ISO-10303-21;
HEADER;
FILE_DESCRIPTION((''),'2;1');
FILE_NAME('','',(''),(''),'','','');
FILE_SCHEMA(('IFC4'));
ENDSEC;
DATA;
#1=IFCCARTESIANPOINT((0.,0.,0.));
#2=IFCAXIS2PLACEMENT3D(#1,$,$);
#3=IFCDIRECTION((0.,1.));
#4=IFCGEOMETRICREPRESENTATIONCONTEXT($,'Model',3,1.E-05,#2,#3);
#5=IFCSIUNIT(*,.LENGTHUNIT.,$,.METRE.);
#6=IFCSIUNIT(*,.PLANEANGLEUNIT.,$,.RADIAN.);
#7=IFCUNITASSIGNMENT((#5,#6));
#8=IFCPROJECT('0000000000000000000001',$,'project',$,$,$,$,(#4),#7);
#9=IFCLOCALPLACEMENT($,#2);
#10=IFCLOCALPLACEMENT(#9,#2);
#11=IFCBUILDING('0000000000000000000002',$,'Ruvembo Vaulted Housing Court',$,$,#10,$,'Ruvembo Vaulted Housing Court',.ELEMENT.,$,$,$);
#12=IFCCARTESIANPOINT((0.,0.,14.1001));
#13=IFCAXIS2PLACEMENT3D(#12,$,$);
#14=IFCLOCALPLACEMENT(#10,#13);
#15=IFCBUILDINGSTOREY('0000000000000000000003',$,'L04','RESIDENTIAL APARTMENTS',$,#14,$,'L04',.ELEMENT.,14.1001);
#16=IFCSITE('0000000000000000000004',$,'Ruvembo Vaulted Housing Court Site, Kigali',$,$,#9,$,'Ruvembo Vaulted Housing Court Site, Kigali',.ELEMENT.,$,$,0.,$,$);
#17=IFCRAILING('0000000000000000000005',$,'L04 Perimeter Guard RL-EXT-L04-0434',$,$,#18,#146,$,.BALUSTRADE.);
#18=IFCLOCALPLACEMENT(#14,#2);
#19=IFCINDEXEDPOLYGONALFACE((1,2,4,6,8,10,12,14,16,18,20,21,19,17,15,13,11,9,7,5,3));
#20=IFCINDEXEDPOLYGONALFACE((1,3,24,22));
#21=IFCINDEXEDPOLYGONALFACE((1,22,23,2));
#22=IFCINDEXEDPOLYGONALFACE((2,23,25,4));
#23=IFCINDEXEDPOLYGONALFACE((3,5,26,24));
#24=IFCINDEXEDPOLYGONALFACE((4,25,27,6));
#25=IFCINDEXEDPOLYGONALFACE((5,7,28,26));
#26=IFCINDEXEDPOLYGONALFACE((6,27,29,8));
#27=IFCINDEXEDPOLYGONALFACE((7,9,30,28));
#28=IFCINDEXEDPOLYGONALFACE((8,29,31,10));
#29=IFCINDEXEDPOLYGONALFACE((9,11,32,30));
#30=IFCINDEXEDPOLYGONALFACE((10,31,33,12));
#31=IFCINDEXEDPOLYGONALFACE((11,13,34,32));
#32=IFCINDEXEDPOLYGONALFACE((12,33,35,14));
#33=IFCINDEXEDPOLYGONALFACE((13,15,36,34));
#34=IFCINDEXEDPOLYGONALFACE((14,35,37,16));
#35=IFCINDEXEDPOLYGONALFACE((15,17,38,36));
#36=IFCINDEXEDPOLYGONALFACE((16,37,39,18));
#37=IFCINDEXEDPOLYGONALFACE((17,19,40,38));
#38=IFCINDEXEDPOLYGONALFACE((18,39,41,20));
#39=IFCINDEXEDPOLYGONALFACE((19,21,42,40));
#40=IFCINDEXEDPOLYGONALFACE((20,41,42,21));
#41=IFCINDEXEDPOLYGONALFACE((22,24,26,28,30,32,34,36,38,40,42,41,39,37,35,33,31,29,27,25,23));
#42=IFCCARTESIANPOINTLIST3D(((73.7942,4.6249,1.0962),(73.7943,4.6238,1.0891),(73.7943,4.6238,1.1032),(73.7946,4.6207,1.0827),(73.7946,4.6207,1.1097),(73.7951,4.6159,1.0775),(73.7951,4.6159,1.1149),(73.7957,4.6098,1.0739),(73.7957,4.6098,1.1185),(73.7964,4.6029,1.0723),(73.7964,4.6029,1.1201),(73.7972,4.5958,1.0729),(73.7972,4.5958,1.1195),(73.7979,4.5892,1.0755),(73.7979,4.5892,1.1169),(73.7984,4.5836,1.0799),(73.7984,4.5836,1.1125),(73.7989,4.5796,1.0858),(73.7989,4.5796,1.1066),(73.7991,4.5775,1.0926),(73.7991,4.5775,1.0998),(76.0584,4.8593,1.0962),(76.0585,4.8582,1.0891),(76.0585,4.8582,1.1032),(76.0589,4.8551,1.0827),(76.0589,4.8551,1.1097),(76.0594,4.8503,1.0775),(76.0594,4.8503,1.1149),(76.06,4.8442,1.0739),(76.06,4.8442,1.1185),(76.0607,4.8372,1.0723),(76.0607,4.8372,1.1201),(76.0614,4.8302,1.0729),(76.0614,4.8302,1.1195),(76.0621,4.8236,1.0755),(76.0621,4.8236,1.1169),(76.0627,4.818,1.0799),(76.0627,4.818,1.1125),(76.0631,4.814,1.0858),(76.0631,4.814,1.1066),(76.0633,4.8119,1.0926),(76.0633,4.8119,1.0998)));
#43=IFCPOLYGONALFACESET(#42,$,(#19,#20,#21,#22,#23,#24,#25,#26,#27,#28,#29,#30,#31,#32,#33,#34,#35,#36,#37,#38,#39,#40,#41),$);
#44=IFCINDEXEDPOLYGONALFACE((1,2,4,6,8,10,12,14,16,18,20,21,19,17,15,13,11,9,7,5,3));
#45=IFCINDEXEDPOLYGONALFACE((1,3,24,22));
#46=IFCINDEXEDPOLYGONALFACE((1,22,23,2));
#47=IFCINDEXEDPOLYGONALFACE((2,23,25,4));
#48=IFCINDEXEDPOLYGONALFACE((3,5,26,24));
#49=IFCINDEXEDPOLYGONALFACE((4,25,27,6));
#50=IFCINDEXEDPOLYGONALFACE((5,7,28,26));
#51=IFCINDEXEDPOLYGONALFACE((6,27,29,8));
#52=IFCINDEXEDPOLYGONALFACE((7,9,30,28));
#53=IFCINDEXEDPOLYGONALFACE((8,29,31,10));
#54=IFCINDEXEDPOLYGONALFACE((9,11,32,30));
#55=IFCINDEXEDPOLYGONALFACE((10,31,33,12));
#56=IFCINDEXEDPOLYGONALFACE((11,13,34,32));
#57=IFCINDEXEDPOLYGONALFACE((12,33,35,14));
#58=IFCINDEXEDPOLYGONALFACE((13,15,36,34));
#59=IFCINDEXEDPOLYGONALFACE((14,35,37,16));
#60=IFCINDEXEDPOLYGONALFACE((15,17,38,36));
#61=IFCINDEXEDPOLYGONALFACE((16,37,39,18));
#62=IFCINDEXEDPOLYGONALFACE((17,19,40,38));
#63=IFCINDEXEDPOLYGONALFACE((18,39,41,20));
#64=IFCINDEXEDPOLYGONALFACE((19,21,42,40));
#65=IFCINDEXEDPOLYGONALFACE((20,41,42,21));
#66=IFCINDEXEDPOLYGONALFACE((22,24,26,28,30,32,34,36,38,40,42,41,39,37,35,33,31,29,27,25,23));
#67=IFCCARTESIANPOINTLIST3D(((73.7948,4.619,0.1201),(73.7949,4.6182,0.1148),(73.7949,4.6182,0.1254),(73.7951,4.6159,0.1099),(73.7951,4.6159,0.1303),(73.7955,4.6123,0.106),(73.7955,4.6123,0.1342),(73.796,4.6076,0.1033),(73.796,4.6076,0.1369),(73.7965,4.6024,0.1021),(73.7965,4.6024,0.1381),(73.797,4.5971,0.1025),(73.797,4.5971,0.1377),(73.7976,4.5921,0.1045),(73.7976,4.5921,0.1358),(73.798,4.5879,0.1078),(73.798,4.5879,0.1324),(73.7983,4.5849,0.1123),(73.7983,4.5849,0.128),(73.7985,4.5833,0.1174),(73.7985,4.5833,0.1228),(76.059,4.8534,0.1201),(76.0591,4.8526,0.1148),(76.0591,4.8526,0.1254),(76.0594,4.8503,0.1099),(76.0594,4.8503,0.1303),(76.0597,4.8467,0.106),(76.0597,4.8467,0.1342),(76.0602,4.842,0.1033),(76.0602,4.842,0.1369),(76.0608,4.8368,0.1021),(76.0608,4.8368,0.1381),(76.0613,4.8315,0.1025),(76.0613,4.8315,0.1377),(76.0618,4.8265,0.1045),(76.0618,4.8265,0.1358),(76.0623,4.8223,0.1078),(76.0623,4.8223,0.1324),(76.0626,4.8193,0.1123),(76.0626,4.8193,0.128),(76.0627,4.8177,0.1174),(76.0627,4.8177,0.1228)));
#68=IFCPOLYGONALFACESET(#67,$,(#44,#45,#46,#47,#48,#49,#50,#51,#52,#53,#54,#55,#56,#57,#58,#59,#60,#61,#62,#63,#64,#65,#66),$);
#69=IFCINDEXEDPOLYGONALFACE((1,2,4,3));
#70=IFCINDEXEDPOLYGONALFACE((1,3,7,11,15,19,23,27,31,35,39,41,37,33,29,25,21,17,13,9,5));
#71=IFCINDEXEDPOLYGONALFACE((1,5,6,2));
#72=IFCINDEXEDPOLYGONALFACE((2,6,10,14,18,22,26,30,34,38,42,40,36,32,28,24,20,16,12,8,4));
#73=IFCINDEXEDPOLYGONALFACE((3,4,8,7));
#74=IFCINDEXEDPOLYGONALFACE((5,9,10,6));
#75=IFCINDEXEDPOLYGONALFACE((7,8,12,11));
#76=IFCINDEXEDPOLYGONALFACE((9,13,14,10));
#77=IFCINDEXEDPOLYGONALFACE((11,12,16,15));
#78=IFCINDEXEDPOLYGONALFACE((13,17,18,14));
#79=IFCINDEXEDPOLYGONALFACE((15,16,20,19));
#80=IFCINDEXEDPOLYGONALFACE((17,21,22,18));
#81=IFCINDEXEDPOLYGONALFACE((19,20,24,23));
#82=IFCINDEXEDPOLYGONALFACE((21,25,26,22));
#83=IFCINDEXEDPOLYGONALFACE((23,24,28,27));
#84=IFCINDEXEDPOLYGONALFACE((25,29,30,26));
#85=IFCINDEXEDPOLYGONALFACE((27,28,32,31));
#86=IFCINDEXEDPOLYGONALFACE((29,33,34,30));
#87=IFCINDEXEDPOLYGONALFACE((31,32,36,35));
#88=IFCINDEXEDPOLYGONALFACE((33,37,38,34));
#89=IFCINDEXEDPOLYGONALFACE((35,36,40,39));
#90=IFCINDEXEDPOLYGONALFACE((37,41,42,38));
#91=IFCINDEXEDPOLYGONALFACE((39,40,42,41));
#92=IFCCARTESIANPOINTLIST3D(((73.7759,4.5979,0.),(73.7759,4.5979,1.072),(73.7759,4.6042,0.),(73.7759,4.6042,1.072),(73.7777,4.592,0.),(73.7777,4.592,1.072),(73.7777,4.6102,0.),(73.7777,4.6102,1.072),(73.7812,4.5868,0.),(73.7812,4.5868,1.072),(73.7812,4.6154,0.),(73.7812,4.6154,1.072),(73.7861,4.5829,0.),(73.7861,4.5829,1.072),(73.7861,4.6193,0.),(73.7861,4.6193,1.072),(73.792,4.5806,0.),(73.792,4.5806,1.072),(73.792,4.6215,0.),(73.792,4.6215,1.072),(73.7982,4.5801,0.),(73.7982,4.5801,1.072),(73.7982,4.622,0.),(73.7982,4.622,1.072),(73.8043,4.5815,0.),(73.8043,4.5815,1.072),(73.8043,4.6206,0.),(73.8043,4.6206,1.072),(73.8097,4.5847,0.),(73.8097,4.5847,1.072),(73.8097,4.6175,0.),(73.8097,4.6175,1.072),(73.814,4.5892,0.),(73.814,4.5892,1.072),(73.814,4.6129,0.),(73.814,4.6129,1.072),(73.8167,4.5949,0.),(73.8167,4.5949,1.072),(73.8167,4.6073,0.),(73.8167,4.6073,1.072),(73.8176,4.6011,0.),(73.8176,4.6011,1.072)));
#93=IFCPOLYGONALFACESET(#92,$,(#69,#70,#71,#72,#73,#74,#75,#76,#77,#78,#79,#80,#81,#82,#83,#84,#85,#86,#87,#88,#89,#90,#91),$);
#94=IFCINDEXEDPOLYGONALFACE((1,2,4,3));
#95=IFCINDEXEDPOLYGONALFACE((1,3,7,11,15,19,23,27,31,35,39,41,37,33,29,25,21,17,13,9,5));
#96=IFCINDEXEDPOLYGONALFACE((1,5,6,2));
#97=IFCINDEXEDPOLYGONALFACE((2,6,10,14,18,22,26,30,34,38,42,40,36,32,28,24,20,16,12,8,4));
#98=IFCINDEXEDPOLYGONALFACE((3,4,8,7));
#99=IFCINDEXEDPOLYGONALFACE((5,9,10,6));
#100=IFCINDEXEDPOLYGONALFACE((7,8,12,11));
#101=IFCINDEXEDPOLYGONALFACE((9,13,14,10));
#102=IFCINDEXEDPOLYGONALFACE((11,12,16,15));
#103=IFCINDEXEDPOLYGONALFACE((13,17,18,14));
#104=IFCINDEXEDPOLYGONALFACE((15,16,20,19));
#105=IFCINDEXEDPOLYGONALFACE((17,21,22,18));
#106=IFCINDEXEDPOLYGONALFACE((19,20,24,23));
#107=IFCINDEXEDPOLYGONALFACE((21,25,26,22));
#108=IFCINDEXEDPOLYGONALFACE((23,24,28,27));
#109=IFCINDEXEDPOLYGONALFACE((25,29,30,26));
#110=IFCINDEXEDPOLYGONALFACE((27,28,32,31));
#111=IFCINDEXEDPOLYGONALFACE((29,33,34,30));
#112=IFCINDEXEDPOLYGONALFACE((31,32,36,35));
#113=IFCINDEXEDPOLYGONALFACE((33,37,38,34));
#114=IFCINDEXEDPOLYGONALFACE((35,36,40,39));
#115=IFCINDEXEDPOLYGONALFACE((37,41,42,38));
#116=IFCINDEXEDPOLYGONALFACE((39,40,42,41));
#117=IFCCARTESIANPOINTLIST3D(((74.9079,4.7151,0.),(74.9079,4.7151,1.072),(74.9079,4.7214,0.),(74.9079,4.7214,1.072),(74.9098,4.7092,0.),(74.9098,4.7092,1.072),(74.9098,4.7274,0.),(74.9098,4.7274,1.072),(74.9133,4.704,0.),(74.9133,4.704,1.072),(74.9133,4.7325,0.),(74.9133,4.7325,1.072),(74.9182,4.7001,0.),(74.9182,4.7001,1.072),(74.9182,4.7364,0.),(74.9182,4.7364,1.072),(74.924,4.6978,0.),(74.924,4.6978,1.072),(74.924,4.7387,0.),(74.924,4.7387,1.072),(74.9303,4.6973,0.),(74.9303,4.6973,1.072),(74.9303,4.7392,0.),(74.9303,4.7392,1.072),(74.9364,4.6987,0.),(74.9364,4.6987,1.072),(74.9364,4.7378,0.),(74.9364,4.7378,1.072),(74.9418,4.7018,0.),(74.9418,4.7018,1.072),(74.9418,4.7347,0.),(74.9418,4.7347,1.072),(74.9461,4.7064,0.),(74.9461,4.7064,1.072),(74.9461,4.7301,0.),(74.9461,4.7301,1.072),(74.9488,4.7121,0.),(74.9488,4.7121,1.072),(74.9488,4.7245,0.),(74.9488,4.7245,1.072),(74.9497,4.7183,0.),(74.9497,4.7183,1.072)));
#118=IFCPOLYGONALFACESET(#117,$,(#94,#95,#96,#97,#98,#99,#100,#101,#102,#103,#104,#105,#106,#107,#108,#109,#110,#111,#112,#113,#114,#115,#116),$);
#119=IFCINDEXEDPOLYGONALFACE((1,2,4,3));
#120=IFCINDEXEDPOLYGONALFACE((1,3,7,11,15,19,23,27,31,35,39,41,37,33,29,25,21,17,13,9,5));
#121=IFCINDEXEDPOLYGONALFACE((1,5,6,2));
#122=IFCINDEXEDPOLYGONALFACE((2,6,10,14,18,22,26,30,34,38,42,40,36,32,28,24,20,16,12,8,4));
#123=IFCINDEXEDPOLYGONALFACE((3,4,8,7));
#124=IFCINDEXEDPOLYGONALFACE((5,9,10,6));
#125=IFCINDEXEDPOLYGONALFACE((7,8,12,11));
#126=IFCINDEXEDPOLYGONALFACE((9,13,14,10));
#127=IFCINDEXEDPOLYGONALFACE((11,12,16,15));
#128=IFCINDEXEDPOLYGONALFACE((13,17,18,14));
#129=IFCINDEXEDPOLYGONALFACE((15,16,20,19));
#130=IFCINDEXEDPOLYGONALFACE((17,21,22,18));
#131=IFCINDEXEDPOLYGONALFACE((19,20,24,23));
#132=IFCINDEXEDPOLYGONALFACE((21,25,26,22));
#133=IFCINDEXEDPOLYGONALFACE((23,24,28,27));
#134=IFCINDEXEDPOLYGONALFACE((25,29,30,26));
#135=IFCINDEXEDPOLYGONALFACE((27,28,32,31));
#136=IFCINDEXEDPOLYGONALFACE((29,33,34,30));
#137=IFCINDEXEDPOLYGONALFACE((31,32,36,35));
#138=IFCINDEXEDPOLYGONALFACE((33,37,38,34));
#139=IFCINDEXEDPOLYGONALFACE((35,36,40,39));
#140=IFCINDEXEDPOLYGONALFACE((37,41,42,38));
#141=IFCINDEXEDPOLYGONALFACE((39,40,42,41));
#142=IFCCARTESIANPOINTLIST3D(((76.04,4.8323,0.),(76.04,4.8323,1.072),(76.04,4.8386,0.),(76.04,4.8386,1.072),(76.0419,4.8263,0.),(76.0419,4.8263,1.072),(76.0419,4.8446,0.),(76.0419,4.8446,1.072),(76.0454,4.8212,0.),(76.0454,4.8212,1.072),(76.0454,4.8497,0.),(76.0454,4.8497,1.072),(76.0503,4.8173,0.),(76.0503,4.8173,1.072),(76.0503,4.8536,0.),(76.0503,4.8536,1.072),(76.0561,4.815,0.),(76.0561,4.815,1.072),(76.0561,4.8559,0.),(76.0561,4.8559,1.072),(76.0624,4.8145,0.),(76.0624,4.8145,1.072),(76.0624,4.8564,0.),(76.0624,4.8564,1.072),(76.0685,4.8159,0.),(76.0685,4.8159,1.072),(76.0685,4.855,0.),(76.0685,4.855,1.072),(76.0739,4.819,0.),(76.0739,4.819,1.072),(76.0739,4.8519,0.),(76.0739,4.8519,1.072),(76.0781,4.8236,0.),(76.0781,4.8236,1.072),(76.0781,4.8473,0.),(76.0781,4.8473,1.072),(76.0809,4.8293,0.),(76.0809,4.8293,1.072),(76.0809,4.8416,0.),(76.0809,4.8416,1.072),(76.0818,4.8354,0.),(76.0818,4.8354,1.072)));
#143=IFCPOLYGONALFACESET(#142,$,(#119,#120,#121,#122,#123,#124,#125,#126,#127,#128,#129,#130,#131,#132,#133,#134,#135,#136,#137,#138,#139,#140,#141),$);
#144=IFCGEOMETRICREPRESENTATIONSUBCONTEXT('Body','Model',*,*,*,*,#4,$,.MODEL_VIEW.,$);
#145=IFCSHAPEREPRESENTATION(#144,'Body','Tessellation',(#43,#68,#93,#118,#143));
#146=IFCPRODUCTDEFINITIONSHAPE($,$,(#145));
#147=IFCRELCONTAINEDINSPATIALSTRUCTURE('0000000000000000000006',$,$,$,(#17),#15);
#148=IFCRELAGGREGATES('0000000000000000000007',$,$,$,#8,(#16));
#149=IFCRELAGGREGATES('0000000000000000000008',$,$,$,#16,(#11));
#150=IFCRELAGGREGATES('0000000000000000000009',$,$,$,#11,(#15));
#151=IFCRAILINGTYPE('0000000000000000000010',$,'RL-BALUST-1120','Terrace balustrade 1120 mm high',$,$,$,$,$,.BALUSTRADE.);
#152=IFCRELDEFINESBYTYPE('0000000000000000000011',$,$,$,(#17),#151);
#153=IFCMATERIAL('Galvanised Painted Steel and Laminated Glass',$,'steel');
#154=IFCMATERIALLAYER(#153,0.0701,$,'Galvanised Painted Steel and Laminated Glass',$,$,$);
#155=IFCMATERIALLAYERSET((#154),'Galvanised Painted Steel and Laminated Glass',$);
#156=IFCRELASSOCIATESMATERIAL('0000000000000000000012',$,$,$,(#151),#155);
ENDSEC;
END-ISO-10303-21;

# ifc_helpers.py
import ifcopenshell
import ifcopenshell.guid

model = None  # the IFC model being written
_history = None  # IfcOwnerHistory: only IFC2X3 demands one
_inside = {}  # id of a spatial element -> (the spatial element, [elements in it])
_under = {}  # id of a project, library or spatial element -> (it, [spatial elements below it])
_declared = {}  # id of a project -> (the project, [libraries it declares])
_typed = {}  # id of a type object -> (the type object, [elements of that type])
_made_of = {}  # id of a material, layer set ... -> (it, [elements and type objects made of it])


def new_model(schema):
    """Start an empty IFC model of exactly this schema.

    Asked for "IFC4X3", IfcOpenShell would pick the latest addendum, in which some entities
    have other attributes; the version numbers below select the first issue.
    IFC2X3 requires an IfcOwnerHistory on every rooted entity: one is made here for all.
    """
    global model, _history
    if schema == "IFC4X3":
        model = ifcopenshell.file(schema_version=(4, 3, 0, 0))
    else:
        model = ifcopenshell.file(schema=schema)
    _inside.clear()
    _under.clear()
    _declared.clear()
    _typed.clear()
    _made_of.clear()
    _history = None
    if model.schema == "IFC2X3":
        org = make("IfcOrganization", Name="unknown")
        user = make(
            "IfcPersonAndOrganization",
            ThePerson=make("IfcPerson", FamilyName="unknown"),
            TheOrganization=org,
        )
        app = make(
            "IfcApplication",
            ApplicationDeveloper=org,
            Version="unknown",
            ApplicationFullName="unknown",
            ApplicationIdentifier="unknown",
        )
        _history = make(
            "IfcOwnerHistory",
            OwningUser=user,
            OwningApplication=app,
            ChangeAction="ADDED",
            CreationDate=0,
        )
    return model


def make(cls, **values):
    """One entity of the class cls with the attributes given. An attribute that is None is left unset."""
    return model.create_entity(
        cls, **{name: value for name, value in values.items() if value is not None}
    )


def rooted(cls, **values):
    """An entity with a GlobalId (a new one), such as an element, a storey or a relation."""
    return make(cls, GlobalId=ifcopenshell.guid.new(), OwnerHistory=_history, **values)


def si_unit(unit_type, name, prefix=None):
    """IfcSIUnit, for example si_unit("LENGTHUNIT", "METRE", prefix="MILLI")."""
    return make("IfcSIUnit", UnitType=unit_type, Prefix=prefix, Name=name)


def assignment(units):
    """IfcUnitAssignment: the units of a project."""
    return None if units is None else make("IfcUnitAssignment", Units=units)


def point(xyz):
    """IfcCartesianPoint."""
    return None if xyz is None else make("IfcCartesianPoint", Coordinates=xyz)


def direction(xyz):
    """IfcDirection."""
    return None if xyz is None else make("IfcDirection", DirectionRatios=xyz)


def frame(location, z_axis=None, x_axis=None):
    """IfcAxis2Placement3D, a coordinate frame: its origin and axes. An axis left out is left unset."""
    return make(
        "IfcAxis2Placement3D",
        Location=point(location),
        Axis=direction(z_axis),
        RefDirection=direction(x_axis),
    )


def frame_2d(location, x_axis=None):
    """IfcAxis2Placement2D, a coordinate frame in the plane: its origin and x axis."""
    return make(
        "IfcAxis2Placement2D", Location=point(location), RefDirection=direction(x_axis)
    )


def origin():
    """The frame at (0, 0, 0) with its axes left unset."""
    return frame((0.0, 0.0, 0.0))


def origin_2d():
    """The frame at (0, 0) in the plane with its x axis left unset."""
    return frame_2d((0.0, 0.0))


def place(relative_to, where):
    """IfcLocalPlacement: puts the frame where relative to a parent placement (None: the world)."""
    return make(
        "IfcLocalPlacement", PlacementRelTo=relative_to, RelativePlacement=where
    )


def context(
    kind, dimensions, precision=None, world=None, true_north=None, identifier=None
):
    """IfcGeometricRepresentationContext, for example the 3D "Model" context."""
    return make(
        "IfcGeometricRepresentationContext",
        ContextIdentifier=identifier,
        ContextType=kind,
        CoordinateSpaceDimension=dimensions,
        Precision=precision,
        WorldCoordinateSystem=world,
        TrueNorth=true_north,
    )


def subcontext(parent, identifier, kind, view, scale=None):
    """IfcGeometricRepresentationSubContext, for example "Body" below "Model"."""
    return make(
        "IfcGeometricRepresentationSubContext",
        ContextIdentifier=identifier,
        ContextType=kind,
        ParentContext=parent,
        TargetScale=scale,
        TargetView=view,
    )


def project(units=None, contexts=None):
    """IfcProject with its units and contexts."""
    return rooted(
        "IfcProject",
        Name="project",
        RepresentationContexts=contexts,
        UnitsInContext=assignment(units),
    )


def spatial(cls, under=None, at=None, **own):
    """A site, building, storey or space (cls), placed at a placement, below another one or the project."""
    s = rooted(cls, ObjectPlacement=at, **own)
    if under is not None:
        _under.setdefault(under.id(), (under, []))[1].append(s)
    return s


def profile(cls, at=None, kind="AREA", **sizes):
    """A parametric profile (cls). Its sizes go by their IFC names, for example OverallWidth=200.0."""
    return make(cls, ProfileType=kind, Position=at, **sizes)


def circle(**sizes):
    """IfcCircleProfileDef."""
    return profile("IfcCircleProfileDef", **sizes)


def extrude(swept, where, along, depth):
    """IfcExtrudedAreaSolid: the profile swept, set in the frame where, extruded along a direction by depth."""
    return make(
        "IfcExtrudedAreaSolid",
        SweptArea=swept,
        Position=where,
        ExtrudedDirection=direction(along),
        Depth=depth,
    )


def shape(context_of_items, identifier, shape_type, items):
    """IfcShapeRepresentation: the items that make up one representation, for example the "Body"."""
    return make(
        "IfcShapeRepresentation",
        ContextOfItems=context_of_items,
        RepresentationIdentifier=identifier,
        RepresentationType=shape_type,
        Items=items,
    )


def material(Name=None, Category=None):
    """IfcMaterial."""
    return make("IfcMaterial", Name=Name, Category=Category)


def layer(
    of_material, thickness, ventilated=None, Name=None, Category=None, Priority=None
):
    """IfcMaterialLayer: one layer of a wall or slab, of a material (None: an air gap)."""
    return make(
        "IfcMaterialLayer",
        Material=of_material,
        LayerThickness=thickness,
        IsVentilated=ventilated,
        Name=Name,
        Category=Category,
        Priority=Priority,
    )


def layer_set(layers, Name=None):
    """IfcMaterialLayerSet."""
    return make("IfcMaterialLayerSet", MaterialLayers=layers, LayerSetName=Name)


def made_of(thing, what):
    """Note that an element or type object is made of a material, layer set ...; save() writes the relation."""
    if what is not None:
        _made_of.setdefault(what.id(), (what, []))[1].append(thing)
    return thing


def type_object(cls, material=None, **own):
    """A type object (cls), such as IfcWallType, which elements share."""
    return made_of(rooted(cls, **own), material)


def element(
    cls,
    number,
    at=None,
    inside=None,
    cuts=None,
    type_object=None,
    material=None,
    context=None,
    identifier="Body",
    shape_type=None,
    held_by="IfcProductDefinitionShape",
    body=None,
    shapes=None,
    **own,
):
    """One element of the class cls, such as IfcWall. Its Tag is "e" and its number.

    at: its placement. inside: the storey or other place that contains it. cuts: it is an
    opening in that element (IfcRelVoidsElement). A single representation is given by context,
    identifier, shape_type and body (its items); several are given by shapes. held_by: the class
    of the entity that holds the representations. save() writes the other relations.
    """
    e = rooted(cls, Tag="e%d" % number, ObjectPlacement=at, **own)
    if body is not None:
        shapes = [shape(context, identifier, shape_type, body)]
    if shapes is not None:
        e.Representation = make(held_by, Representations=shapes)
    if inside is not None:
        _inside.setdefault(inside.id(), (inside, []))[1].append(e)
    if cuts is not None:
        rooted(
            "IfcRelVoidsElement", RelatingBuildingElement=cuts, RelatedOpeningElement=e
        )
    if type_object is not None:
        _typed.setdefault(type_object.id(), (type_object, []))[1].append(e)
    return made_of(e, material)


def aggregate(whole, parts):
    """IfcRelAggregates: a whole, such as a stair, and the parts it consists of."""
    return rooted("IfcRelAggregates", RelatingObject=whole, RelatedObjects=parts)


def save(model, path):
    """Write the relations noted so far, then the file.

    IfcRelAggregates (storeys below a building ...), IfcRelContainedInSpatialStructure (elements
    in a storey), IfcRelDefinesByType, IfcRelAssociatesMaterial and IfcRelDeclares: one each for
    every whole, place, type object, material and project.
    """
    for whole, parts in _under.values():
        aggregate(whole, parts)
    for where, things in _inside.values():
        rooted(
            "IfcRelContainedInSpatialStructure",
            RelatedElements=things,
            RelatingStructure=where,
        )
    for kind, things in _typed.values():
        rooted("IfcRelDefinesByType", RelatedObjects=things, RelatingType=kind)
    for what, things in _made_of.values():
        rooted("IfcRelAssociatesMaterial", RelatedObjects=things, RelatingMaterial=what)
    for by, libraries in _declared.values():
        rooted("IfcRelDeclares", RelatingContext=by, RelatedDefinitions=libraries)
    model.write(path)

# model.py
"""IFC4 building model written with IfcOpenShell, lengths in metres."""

from ifc_helpers import new_model, si_unit, direction, frame, origin, origin_2d, place, context, subcontext, project, spatial, circle, extrude, material, layer, layer_set, type_object, element, save


model = new_model("IFC4")

# Units and contexts
model_context = context("Model", 3, precision=1e-05, world=origin(), true_north=direction((0.0, 1.0)))
body_context = subcontext(model_context, "Body", "Model", "MODEL_VIEW")
ifc_project = project(units=[si_unit("LENGTHUNIT", "METRE"), si_unit("PLANEANGLEUNIT", "RADIAN")], contexts=[model_context])

# Site, building, storey
site_placement = place(None, origin())
site = spatial("IfcSite", under=ifc_project, at=site_placement, Name="Ruvembo Vaulted Housing Court Site, Kigali", LongName="Ruvembo Vaulted Housing Court Site, Kigali", CompositionType="ELEMENT", RefElevation=0.0)
building_placement = place(site_placement, origin())
building = spatial("IfcBuilding", under=site, at=building_placement, Name="Ruvembo Vaulted Housing Court", LongName="Ruvembo Vaulted Housing Court", CompositionType="ELEMENT")
storey_placement = place(building_placement, frame((0.0, 0.0, 14.1001)))
storey = spatial("IfcBuildingStorey", under=building, at=storey_placement, Name="L04", Description="RESIDENTIAL APARTMENTS", LongName="L04", CompositionType="ELEMENT", Elevation=14.1001)

# Railing
ifc_material_1 = material(Name="Galvanised Painted Steel and Laminated Glass", Category="steel")
ifc_layer_1 = layer(ifc_material_1, 0.0701, Name="Galvanised Painted Steel and Laminated Glass")
ifc_layer_set_1 = layer_set([ifc_layer_1], Name="Galvanised Painted Steel and Laminated Glass")
railing_type = type_object("IfcRailingType", Name="RL-BALUST-1120", Description="Terrace balustrade 1120 mm high", PredefinedType="BALUSTRADE", material=ifc_layer_set_1)
railing_1_placement = place(storey_placement, frame((73.7966, 4.6011, 0.0)))
element("IfcRailing", 1, at=railing_1_placement, inside=storey, type_object=railing_type, Name="L04 Perimeter Guard RL-EXT-L04-0434", PredefinedType="BALUSTRADE", context=body_context, shape_type="SweptSolid", body=[
    extrude(circle(Radius=0.0239, at=origin_2d()), frame((0.0, 0.0, 1.0962), z_axis=(0.994685, 0.102965, 0.0), x_axis=(-0.102965, 0.994685, 0.0)), (0.0, 0.0, 1.0), 2.2764),
    extrude(circle(Radius=0.0181, at=origin_2d()), frame((0.0, 0.0, 0.1201), z_axis=(0.994685, 0.102965, 0.0), x_axis=(-0.102965, 0.994685, 0.0)), (0.0, 0.0, 1.0), 2.2764),
    extrude(circle(Radius=0.021, at=origin_2d()), origin(), (0.0, 0.0, 1.0), 1.072),
    extrude(circle(Radius=0.021, at=origin_2d()), frame((1.1321, 0.1172, 0.0)), (0.0, 0.0, 1.0), 1.072),
    extrude(circle(Radius=0.021, at=origin_2d()), frame((2.2642, 0.2344, 0.0)), (0.0, 0.0, 1.0), 1.072),
])

save(model, "model.ifc")
